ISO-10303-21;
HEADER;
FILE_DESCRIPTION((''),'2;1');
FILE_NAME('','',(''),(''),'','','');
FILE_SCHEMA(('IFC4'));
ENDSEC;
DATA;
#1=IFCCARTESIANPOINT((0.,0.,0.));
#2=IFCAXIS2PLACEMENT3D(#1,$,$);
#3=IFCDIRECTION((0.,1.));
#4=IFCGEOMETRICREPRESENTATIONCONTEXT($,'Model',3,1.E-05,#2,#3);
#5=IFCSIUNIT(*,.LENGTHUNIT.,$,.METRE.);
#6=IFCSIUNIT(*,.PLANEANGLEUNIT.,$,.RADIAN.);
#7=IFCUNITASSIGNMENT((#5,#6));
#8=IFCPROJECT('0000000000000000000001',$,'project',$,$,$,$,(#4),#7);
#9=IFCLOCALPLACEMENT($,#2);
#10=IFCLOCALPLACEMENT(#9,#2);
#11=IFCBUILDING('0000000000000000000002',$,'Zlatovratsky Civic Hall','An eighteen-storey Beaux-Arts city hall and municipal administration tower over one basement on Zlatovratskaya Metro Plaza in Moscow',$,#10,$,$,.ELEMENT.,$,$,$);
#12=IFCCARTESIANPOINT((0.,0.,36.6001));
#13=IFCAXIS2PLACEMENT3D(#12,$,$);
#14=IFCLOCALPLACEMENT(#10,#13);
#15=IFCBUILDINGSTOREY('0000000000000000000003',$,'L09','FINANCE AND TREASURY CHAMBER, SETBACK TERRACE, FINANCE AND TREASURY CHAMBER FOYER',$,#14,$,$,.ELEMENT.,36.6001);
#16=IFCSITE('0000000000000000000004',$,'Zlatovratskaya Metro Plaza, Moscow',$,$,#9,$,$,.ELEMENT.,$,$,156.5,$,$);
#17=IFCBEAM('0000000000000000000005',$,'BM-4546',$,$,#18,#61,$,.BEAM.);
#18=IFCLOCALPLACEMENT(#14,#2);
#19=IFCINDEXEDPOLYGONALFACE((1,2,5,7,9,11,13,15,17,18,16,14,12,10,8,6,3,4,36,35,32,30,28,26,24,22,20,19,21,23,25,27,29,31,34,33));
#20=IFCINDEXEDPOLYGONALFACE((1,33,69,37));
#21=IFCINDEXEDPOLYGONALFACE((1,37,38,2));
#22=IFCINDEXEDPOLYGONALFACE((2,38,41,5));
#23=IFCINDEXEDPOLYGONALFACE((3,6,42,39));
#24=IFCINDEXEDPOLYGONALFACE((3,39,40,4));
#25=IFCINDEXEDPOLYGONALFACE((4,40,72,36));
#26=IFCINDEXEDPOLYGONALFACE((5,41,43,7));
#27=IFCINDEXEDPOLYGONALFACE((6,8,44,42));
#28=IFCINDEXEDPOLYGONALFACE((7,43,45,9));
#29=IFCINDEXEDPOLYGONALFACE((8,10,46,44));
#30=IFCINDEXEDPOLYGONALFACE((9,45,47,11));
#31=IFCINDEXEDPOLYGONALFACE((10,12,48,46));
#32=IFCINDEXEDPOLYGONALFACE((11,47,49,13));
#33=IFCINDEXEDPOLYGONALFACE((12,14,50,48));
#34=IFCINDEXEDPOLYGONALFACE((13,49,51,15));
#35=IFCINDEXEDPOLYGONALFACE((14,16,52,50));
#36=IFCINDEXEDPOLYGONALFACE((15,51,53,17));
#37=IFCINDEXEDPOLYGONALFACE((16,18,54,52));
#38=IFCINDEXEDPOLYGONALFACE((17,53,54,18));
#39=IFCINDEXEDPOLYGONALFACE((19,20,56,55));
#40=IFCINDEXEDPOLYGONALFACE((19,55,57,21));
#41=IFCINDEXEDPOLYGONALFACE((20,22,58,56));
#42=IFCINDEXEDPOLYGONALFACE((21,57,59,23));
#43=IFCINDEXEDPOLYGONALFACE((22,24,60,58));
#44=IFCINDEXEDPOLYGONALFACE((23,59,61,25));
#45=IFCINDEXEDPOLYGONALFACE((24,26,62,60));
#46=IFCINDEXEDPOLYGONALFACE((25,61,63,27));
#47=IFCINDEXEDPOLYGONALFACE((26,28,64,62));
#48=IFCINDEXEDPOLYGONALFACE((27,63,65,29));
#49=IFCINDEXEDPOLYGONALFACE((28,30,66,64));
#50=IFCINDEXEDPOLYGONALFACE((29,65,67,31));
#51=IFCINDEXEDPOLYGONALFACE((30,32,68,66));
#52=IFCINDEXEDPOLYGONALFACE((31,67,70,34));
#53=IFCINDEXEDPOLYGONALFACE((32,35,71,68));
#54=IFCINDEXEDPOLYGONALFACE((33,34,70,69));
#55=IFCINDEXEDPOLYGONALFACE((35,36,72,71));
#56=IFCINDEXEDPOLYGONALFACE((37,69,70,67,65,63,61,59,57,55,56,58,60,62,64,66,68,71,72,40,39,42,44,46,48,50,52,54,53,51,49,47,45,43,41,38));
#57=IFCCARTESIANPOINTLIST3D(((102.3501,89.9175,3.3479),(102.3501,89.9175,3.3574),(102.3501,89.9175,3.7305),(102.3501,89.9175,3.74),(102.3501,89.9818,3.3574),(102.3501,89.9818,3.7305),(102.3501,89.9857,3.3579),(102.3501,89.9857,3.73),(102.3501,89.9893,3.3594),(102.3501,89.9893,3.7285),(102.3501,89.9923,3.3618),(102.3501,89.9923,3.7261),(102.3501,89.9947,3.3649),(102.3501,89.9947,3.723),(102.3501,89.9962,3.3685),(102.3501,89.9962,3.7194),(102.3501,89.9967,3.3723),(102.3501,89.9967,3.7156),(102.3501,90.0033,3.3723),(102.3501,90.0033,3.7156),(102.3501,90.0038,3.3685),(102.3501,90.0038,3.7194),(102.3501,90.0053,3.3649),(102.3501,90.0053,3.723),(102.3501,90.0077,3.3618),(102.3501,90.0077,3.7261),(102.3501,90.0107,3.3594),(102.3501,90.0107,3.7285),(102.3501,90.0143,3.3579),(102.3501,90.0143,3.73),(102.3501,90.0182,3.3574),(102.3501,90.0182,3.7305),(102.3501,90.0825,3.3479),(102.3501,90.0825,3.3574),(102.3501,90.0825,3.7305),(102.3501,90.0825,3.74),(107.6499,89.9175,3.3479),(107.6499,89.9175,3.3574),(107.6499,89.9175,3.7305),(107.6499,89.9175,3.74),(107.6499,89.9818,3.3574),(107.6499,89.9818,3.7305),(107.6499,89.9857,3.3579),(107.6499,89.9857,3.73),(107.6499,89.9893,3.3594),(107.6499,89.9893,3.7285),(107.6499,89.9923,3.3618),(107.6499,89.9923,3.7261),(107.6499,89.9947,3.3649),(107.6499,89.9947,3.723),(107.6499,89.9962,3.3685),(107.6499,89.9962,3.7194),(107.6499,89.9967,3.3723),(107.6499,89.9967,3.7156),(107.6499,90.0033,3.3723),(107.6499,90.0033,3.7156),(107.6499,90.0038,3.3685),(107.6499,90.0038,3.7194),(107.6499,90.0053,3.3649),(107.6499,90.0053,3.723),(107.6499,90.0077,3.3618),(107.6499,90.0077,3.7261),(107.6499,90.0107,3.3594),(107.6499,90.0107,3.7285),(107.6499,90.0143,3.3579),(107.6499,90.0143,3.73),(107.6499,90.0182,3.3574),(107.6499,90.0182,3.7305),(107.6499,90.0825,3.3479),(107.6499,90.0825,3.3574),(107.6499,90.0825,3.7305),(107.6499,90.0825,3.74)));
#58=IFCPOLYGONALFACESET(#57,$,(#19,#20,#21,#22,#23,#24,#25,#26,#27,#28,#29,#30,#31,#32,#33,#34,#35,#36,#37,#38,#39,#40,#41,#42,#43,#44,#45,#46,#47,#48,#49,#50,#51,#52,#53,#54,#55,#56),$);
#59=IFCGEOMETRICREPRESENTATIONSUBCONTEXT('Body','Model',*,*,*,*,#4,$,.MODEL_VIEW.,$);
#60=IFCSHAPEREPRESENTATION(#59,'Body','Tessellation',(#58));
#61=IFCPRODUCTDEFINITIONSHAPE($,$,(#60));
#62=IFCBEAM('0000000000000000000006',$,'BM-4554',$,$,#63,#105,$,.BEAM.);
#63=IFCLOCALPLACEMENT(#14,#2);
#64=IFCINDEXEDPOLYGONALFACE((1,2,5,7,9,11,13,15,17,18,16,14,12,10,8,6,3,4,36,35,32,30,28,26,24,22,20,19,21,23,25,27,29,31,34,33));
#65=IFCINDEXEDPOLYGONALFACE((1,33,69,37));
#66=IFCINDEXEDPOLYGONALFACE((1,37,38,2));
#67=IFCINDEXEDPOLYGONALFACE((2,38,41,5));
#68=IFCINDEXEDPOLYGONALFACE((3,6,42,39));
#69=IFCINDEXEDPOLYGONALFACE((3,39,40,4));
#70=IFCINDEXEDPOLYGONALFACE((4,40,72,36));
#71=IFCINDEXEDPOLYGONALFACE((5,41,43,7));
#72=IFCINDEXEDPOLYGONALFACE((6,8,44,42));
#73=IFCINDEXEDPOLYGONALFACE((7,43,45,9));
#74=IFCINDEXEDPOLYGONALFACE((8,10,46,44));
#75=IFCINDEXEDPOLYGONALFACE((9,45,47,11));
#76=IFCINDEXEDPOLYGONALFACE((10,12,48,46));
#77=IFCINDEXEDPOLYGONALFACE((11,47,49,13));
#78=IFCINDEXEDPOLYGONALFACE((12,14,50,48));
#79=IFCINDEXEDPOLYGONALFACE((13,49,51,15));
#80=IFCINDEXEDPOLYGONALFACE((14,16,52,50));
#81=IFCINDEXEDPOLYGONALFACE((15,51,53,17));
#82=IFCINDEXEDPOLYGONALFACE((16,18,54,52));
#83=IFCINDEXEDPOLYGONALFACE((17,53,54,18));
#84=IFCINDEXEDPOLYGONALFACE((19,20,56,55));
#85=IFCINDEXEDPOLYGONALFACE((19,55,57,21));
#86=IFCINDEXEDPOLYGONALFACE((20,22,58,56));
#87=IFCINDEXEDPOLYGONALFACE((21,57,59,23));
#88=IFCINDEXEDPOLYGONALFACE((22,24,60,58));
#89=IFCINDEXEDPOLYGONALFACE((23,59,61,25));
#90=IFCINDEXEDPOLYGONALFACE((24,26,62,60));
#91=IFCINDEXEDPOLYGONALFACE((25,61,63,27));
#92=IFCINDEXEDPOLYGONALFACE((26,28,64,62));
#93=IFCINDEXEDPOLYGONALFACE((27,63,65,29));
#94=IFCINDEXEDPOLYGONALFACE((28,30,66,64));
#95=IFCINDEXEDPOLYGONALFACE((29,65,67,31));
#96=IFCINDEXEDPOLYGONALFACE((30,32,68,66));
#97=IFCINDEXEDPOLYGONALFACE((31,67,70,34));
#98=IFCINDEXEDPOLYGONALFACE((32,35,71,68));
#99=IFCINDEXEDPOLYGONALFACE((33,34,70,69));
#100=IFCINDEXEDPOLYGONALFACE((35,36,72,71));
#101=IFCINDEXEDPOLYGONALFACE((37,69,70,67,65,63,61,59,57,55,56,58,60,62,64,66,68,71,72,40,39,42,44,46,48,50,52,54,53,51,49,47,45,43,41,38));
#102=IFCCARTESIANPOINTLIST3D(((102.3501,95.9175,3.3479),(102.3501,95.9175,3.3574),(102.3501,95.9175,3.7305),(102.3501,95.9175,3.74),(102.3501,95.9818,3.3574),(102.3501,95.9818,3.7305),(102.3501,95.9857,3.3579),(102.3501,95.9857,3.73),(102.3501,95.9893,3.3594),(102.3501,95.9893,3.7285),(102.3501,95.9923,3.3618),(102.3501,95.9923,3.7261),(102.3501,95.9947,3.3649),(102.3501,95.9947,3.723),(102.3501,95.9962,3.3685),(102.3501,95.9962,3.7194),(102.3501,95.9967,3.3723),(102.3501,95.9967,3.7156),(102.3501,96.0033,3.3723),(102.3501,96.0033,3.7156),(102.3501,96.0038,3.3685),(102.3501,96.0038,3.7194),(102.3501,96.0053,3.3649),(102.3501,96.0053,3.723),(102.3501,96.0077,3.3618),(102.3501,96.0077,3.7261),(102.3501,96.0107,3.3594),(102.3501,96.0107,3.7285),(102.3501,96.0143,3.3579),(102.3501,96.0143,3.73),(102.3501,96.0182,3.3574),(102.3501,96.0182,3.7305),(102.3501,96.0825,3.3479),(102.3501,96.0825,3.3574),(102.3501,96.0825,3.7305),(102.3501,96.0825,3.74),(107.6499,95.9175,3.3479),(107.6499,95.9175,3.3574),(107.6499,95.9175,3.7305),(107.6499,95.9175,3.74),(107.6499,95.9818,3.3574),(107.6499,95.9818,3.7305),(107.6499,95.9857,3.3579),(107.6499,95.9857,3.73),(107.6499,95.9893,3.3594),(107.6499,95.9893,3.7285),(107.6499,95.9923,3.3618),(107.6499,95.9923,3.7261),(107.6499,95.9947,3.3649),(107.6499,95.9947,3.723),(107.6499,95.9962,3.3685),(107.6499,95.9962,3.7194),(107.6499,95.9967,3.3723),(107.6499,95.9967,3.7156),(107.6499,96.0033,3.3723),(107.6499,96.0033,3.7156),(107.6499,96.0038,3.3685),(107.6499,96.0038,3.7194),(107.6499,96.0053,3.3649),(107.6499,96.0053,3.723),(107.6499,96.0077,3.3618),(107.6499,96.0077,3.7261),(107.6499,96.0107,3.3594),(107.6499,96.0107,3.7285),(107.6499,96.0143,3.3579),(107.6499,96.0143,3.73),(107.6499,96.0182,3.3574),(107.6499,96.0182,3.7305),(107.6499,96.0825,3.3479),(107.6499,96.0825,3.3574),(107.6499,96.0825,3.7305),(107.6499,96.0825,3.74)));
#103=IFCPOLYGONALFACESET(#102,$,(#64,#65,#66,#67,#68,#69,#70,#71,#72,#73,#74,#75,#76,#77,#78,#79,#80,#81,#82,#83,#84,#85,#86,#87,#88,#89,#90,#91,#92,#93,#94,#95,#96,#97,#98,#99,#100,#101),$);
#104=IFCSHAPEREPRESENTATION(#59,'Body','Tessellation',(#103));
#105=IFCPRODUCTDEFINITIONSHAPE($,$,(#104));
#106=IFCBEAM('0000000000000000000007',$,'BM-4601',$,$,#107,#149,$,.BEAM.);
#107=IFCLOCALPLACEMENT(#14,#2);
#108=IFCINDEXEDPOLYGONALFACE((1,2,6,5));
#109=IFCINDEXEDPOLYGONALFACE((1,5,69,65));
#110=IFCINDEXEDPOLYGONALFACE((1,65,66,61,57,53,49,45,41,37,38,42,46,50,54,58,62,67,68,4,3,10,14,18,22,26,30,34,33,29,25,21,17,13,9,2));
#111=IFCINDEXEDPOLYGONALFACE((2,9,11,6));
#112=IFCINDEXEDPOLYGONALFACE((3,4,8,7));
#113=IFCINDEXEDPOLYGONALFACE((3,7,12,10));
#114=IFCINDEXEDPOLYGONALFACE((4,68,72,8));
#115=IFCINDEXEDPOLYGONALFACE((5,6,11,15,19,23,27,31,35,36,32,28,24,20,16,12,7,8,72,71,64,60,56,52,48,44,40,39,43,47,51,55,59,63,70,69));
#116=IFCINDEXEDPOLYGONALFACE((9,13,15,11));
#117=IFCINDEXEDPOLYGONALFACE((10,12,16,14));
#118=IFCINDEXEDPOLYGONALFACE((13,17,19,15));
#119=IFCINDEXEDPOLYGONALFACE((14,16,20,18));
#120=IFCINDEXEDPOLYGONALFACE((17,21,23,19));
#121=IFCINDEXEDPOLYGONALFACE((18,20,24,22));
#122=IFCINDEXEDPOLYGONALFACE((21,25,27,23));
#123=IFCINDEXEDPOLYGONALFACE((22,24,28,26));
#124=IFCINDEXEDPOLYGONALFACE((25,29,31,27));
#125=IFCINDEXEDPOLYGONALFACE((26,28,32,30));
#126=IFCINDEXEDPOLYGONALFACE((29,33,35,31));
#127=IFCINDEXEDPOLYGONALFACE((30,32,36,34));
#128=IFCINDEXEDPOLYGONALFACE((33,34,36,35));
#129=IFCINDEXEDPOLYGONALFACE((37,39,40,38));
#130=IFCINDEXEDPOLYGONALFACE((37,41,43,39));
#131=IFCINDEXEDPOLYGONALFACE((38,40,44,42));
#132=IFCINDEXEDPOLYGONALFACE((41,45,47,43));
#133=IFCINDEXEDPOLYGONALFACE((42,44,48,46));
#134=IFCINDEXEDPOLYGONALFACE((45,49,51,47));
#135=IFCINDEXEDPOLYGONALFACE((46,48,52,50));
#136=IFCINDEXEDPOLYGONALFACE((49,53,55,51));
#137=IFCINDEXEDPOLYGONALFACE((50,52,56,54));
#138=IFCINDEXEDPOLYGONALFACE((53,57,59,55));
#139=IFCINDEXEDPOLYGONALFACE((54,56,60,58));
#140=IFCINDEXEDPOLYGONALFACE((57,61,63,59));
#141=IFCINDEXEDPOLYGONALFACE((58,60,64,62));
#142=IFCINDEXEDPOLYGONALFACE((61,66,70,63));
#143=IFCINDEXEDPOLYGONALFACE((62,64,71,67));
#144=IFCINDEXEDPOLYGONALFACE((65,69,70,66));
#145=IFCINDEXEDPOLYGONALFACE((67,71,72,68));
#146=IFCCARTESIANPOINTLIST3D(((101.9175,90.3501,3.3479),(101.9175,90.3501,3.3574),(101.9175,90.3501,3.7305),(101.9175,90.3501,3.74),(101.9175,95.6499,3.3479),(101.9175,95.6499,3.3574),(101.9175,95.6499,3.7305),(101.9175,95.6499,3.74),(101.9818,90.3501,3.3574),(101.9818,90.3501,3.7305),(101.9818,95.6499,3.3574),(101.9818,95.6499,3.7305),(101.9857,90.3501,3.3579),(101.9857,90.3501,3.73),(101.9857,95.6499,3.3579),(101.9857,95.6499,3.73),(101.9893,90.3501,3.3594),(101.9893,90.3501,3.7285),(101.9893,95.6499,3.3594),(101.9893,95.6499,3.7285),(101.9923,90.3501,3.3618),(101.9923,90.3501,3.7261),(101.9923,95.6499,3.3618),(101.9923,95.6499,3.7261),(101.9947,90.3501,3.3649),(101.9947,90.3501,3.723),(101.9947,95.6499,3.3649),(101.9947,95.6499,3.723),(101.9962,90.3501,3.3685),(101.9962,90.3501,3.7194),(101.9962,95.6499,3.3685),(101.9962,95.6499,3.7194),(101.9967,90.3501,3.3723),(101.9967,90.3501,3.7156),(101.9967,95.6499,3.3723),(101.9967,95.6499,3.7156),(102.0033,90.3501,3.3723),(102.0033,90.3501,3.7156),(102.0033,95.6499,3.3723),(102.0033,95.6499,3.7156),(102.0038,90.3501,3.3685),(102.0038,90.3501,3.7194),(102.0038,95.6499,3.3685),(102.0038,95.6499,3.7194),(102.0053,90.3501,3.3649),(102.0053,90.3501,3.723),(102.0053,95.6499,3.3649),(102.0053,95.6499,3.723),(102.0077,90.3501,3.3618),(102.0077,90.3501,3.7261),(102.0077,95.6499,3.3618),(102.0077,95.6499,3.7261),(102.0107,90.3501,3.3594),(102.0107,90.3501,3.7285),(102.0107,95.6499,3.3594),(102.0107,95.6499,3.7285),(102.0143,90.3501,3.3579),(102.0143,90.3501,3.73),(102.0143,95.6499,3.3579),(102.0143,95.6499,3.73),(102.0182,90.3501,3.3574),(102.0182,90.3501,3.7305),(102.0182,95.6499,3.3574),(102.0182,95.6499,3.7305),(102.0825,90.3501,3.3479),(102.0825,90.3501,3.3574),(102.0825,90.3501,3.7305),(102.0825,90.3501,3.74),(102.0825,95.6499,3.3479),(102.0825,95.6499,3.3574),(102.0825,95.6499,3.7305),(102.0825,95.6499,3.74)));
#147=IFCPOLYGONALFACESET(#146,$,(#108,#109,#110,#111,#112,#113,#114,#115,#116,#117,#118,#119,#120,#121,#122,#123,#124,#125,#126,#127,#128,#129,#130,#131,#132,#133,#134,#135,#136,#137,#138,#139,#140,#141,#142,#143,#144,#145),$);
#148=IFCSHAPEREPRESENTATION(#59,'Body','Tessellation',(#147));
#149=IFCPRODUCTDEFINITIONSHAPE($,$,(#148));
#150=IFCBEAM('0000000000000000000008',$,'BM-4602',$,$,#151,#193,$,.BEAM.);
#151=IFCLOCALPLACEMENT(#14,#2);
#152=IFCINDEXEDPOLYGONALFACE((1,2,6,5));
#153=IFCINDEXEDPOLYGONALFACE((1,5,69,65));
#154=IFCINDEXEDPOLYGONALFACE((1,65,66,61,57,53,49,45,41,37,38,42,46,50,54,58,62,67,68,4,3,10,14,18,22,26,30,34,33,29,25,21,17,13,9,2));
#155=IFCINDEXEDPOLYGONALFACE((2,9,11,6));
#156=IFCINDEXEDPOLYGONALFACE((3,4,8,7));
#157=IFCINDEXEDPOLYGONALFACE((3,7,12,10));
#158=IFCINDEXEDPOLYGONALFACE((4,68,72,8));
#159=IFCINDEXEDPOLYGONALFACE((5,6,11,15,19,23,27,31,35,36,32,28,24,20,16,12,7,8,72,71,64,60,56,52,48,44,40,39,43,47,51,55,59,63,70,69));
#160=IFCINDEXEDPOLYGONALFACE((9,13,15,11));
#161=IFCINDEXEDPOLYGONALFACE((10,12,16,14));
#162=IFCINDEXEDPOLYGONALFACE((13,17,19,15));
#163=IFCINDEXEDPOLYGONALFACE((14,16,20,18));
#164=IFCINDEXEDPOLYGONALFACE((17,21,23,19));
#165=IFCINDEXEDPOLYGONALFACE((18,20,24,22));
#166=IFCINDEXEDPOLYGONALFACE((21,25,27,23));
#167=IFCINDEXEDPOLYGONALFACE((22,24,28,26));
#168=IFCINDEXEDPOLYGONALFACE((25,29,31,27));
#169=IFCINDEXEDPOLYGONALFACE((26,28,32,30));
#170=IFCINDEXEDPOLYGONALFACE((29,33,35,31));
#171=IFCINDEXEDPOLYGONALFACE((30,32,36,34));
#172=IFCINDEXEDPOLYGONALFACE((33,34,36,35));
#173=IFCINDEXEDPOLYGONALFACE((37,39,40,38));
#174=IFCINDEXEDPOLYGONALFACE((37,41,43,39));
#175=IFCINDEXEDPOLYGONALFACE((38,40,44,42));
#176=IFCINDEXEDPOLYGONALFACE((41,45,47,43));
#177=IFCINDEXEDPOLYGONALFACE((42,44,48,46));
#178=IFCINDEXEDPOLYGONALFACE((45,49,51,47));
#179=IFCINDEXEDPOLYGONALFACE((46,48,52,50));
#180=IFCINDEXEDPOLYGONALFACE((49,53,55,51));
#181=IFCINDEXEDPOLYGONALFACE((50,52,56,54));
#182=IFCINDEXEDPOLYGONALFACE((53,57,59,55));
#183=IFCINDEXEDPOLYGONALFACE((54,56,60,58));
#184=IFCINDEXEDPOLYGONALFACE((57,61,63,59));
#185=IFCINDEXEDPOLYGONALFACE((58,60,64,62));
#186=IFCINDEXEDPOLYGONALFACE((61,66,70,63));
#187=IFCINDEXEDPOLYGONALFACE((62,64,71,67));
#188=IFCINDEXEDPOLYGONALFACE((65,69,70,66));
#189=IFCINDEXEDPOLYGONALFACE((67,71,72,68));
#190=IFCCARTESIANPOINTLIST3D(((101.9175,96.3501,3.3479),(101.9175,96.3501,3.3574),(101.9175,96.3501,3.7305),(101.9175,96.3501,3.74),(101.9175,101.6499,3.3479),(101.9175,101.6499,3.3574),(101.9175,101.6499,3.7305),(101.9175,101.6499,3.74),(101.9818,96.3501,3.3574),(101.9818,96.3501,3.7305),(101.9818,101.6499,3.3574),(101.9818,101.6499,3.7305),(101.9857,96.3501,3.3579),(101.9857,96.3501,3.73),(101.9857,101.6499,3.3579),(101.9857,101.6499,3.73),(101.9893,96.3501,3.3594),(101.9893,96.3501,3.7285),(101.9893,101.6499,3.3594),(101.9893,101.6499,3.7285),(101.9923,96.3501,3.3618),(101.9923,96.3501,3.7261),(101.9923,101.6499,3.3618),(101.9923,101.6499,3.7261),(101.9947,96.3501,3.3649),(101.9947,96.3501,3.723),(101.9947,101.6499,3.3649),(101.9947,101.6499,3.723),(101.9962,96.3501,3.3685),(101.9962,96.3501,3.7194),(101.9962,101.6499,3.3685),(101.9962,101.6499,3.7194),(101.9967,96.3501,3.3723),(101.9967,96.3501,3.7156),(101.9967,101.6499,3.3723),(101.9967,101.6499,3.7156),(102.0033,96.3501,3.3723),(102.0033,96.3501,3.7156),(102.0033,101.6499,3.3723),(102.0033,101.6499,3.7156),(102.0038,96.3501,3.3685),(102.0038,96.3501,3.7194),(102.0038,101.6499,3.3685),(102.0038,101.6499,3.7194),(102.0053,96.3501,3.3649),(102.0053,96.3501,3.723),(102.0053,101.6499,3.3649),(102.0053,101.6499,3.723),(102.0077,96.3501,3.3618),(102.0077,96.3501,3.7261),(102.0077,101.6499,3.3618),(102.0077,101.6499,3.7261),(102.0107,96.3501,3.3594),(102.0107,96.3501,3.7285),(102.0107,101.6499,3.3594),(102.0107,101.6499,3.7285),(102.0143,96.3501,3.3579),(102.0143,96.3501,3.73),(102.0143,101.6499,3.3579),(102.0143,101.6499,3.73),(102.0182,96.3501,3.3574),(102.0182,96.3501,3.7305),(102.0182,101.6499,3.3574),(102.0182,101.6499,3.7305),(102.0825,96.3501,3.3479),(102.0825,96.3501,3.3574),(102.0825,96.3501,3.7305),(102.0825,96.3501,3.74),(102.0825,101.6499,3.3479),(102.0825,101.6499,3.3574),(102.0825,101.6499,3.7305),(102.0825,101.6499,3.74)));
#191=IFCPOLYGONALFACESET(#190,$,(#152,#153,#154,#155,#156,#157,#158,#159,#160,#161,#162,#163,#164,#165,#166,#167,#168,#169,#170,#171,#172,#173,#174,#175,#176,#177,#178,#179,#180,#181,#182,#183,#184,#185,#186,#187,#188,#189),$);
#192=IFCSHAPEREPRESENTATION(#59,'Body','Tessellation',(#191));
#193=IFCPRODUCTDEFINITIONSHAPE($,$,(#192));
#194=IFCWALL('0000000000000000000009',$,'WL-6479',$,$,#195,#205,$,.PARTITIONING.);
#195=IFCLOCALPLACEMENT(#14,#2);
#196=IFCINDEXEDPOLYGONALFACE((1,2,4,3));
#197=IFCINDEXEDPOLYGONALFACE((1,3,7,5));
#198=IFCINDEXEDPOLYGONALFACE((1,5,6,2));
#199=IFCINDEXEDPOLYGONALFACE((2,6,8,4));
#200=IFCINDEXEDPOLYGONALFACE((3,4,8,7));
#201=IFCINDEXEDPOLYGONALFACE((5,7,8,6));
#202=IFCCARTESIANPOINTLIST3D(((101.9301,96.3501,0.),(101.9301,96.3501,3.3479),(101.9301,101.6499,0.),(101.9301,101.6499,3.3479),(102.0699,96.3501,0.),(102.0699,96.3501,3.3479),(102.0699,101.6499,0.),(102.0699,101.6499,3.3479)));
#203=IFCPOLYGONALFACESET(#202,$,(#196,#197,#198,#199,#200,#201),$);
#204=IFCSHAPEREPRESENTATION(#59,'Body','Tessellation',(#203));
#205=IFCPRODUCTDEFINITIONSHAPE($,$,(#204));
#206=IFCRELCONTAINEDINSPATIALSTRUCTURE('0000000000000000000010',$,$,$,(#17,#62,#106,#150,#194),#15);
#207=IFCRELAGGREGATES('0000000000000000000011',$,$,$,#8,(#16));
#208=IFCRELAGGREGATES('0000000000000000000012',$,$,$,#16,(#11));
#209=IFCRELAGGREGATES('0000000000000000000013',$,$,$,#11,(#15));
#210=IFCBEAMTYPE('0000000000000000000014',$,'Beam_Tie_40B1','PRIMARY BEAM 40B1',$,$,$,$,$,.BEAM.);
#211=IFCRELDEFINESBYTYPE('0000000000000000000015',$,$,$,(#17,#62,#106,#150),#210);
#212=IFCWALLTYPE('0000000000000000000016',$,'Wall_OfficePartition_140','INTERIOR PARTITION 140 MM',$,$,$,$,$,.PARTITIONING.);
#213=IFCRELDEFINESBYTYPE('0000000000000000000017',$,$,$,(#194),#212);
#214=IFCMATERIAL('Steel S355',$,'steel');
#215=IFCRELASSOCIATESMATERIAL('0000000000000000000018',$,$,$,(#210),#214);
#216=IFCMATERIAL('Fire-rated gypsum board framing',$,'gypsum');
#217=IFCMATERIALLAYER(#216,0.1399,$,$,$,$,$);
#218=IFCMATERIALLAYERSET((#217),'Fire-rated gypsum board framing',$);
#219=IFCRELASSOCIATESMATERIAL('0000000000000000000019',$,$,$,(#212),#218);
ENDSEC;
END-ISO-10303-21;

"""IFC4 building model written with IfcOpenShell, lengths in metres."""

from ifc_helpers import new_model, si_unit, direction, frame, frame_2d, origin, origin_2d, place, context, subcontext, project, spatial, rectangle, i_section, extrude, material, layer, layer_set, material_profile, profile_set, type_object, element, save


model = new_model("IFC4")

# Units and contexts
model_context = context("Model", 3, precision=1e-05, world=origin(), true_north=direction((0.0, 1.0)))
body_context = subcontext(model_context, "Body", "Model", "MODEL_VIEW")
ifc_project = project(units=[si_unit("LENGTHUNIT", "METRE"), si_unit("PLANEANGLEUNIT", "RADIAN")], contexts=[model_context])

# Site, building, storey
site_placement = place(None, origin())
site = spatial("IfcSite", under=ifc_project, at=site_placement, Name="Zlatovratskaya Metro Plaza, Moscow", CompositionType="ELEMENT", RefElevation=156.5)
building_placement = place(site_placement, origin())
building = spatial("IfcBuilding", under=site, at=building_placement, Name="Zlatovratsky Civic Hall", Description="An eighteen-storey Beaux-Arts city hall and municipal administration tower over one basement on Zlatovratskaya Metro Plaza in Moscow", CompositionType="ELEMENT")
storey_placement = place(building_placement, frame((0.0, 0.0, 36.6001)))
storey = spatial("IfcBuildingStorey", under=building, at=storey_placement, Name="L09", Description="FINANCE AND TREASURY CHAMBER, SETBACK TERRACE, FINANCE AND TREASURY CHAMBER FOYER", CompositionType="ELEMENT", Elevation=36.6001)

# Beams
ifc_material_1 = material(Name="Steel S355", Category="steel")
ifc_material_profile_1 = material_profile(ifc_material_1, i_section(OverallWidth=0.165, OverallDepth=0.3921, WebThickness=0.0066, FlangeThickness=0.0095, FilletRadius=0.0149, at=origin_2d()), Name="40B1")
ifc_profile_set_1 = profile_set([ifc_material_profile_1], Name="Steel S355")
beam_type_1 = type_object("IfcBeamType", Name="Beam_Tie_40B1", Description="PRIMARY BEAM 40B1", PredefinedType="BEAM", material=ifc_profile_set_1)
for number, where, z_axis, x_axis, name in (
    (1, (102.3501, 90.0, 3.5439), (1.0, 0.0, 0.0), (0.0, 1.0, 0.0), "BM-4546"),
    (2, (102.3501, 96.0, 3.5439), (1.0, 0.0, 0.0), (0.0, 1.0, 0.0), "BM-4554"),
    (3, (102.0, 90.3501, 3.5439), (0.0, 1.0, 0.0), (-1.0, 0.0, 0.0), "BM-4601"),
    (4, (102.0, 96.3501, 3.5439), (0.0, 1.0, 0.0), (-1.0, 0.0, 0.0), "BM-4602"),
):
    element("IfcBeam", number, at=place(storey_placement, frame(where, z_axis=z_axis, x_axis=x_axis)), inside=storey, type_object=beam_type_1, Name=name, PredefinedType="BEAM", context=body_context, shape_type="SweptSolid", body=[
        extrude(i_section(OverallWidth=0.165, OverallDepth=0.3921, WebThickness=0.0066, FlangeThickness=0.0095, FilletRadius=0.0149, at=origin_2d()), origin(), (0.0, 0.0, 1.0), 5.2998),
    ])

# Wall
ifc_material_2 = material(Name="Fire-rated gypsum board framing", Category="gypsum")
ifc_layer_1 = layer(ifc_material_2, 0.1399)
ifc_layer_set_1 = layer_set([ifc_layer_1], Name="Fire-rated gypsum board framing")
wall_type_1 = type_object("IfcWallType", Name="Wall_OfficePartition_140", Description="INTERIOR PARTITION 140 MM", PredefinedType="PARTITIONING", material=ifc_layer_set_1)
wall_1_placement = place(storey_placement, frame((102.0, 96.3501, 0.0), z_axis=(0.0, 0.0, 1.0), x_axis=(0.0, 1.0, 0.0)))
element("IfcWall", 5, at=wall_1_placement, inside=storey, type_object=wall_type_1, Name="WL-6479", PredefinedType="PARTITIONING", context=body_context, shape_type="SweptSolid", body=[
    extrude(rectangle(XDim=5.2998, YDim=0.1399, at=frame_2d((2.6499, 0.0))), origin(), (0.0, 0.0, 1.0), 3.3479),
])

save(model, "model.ifc")
